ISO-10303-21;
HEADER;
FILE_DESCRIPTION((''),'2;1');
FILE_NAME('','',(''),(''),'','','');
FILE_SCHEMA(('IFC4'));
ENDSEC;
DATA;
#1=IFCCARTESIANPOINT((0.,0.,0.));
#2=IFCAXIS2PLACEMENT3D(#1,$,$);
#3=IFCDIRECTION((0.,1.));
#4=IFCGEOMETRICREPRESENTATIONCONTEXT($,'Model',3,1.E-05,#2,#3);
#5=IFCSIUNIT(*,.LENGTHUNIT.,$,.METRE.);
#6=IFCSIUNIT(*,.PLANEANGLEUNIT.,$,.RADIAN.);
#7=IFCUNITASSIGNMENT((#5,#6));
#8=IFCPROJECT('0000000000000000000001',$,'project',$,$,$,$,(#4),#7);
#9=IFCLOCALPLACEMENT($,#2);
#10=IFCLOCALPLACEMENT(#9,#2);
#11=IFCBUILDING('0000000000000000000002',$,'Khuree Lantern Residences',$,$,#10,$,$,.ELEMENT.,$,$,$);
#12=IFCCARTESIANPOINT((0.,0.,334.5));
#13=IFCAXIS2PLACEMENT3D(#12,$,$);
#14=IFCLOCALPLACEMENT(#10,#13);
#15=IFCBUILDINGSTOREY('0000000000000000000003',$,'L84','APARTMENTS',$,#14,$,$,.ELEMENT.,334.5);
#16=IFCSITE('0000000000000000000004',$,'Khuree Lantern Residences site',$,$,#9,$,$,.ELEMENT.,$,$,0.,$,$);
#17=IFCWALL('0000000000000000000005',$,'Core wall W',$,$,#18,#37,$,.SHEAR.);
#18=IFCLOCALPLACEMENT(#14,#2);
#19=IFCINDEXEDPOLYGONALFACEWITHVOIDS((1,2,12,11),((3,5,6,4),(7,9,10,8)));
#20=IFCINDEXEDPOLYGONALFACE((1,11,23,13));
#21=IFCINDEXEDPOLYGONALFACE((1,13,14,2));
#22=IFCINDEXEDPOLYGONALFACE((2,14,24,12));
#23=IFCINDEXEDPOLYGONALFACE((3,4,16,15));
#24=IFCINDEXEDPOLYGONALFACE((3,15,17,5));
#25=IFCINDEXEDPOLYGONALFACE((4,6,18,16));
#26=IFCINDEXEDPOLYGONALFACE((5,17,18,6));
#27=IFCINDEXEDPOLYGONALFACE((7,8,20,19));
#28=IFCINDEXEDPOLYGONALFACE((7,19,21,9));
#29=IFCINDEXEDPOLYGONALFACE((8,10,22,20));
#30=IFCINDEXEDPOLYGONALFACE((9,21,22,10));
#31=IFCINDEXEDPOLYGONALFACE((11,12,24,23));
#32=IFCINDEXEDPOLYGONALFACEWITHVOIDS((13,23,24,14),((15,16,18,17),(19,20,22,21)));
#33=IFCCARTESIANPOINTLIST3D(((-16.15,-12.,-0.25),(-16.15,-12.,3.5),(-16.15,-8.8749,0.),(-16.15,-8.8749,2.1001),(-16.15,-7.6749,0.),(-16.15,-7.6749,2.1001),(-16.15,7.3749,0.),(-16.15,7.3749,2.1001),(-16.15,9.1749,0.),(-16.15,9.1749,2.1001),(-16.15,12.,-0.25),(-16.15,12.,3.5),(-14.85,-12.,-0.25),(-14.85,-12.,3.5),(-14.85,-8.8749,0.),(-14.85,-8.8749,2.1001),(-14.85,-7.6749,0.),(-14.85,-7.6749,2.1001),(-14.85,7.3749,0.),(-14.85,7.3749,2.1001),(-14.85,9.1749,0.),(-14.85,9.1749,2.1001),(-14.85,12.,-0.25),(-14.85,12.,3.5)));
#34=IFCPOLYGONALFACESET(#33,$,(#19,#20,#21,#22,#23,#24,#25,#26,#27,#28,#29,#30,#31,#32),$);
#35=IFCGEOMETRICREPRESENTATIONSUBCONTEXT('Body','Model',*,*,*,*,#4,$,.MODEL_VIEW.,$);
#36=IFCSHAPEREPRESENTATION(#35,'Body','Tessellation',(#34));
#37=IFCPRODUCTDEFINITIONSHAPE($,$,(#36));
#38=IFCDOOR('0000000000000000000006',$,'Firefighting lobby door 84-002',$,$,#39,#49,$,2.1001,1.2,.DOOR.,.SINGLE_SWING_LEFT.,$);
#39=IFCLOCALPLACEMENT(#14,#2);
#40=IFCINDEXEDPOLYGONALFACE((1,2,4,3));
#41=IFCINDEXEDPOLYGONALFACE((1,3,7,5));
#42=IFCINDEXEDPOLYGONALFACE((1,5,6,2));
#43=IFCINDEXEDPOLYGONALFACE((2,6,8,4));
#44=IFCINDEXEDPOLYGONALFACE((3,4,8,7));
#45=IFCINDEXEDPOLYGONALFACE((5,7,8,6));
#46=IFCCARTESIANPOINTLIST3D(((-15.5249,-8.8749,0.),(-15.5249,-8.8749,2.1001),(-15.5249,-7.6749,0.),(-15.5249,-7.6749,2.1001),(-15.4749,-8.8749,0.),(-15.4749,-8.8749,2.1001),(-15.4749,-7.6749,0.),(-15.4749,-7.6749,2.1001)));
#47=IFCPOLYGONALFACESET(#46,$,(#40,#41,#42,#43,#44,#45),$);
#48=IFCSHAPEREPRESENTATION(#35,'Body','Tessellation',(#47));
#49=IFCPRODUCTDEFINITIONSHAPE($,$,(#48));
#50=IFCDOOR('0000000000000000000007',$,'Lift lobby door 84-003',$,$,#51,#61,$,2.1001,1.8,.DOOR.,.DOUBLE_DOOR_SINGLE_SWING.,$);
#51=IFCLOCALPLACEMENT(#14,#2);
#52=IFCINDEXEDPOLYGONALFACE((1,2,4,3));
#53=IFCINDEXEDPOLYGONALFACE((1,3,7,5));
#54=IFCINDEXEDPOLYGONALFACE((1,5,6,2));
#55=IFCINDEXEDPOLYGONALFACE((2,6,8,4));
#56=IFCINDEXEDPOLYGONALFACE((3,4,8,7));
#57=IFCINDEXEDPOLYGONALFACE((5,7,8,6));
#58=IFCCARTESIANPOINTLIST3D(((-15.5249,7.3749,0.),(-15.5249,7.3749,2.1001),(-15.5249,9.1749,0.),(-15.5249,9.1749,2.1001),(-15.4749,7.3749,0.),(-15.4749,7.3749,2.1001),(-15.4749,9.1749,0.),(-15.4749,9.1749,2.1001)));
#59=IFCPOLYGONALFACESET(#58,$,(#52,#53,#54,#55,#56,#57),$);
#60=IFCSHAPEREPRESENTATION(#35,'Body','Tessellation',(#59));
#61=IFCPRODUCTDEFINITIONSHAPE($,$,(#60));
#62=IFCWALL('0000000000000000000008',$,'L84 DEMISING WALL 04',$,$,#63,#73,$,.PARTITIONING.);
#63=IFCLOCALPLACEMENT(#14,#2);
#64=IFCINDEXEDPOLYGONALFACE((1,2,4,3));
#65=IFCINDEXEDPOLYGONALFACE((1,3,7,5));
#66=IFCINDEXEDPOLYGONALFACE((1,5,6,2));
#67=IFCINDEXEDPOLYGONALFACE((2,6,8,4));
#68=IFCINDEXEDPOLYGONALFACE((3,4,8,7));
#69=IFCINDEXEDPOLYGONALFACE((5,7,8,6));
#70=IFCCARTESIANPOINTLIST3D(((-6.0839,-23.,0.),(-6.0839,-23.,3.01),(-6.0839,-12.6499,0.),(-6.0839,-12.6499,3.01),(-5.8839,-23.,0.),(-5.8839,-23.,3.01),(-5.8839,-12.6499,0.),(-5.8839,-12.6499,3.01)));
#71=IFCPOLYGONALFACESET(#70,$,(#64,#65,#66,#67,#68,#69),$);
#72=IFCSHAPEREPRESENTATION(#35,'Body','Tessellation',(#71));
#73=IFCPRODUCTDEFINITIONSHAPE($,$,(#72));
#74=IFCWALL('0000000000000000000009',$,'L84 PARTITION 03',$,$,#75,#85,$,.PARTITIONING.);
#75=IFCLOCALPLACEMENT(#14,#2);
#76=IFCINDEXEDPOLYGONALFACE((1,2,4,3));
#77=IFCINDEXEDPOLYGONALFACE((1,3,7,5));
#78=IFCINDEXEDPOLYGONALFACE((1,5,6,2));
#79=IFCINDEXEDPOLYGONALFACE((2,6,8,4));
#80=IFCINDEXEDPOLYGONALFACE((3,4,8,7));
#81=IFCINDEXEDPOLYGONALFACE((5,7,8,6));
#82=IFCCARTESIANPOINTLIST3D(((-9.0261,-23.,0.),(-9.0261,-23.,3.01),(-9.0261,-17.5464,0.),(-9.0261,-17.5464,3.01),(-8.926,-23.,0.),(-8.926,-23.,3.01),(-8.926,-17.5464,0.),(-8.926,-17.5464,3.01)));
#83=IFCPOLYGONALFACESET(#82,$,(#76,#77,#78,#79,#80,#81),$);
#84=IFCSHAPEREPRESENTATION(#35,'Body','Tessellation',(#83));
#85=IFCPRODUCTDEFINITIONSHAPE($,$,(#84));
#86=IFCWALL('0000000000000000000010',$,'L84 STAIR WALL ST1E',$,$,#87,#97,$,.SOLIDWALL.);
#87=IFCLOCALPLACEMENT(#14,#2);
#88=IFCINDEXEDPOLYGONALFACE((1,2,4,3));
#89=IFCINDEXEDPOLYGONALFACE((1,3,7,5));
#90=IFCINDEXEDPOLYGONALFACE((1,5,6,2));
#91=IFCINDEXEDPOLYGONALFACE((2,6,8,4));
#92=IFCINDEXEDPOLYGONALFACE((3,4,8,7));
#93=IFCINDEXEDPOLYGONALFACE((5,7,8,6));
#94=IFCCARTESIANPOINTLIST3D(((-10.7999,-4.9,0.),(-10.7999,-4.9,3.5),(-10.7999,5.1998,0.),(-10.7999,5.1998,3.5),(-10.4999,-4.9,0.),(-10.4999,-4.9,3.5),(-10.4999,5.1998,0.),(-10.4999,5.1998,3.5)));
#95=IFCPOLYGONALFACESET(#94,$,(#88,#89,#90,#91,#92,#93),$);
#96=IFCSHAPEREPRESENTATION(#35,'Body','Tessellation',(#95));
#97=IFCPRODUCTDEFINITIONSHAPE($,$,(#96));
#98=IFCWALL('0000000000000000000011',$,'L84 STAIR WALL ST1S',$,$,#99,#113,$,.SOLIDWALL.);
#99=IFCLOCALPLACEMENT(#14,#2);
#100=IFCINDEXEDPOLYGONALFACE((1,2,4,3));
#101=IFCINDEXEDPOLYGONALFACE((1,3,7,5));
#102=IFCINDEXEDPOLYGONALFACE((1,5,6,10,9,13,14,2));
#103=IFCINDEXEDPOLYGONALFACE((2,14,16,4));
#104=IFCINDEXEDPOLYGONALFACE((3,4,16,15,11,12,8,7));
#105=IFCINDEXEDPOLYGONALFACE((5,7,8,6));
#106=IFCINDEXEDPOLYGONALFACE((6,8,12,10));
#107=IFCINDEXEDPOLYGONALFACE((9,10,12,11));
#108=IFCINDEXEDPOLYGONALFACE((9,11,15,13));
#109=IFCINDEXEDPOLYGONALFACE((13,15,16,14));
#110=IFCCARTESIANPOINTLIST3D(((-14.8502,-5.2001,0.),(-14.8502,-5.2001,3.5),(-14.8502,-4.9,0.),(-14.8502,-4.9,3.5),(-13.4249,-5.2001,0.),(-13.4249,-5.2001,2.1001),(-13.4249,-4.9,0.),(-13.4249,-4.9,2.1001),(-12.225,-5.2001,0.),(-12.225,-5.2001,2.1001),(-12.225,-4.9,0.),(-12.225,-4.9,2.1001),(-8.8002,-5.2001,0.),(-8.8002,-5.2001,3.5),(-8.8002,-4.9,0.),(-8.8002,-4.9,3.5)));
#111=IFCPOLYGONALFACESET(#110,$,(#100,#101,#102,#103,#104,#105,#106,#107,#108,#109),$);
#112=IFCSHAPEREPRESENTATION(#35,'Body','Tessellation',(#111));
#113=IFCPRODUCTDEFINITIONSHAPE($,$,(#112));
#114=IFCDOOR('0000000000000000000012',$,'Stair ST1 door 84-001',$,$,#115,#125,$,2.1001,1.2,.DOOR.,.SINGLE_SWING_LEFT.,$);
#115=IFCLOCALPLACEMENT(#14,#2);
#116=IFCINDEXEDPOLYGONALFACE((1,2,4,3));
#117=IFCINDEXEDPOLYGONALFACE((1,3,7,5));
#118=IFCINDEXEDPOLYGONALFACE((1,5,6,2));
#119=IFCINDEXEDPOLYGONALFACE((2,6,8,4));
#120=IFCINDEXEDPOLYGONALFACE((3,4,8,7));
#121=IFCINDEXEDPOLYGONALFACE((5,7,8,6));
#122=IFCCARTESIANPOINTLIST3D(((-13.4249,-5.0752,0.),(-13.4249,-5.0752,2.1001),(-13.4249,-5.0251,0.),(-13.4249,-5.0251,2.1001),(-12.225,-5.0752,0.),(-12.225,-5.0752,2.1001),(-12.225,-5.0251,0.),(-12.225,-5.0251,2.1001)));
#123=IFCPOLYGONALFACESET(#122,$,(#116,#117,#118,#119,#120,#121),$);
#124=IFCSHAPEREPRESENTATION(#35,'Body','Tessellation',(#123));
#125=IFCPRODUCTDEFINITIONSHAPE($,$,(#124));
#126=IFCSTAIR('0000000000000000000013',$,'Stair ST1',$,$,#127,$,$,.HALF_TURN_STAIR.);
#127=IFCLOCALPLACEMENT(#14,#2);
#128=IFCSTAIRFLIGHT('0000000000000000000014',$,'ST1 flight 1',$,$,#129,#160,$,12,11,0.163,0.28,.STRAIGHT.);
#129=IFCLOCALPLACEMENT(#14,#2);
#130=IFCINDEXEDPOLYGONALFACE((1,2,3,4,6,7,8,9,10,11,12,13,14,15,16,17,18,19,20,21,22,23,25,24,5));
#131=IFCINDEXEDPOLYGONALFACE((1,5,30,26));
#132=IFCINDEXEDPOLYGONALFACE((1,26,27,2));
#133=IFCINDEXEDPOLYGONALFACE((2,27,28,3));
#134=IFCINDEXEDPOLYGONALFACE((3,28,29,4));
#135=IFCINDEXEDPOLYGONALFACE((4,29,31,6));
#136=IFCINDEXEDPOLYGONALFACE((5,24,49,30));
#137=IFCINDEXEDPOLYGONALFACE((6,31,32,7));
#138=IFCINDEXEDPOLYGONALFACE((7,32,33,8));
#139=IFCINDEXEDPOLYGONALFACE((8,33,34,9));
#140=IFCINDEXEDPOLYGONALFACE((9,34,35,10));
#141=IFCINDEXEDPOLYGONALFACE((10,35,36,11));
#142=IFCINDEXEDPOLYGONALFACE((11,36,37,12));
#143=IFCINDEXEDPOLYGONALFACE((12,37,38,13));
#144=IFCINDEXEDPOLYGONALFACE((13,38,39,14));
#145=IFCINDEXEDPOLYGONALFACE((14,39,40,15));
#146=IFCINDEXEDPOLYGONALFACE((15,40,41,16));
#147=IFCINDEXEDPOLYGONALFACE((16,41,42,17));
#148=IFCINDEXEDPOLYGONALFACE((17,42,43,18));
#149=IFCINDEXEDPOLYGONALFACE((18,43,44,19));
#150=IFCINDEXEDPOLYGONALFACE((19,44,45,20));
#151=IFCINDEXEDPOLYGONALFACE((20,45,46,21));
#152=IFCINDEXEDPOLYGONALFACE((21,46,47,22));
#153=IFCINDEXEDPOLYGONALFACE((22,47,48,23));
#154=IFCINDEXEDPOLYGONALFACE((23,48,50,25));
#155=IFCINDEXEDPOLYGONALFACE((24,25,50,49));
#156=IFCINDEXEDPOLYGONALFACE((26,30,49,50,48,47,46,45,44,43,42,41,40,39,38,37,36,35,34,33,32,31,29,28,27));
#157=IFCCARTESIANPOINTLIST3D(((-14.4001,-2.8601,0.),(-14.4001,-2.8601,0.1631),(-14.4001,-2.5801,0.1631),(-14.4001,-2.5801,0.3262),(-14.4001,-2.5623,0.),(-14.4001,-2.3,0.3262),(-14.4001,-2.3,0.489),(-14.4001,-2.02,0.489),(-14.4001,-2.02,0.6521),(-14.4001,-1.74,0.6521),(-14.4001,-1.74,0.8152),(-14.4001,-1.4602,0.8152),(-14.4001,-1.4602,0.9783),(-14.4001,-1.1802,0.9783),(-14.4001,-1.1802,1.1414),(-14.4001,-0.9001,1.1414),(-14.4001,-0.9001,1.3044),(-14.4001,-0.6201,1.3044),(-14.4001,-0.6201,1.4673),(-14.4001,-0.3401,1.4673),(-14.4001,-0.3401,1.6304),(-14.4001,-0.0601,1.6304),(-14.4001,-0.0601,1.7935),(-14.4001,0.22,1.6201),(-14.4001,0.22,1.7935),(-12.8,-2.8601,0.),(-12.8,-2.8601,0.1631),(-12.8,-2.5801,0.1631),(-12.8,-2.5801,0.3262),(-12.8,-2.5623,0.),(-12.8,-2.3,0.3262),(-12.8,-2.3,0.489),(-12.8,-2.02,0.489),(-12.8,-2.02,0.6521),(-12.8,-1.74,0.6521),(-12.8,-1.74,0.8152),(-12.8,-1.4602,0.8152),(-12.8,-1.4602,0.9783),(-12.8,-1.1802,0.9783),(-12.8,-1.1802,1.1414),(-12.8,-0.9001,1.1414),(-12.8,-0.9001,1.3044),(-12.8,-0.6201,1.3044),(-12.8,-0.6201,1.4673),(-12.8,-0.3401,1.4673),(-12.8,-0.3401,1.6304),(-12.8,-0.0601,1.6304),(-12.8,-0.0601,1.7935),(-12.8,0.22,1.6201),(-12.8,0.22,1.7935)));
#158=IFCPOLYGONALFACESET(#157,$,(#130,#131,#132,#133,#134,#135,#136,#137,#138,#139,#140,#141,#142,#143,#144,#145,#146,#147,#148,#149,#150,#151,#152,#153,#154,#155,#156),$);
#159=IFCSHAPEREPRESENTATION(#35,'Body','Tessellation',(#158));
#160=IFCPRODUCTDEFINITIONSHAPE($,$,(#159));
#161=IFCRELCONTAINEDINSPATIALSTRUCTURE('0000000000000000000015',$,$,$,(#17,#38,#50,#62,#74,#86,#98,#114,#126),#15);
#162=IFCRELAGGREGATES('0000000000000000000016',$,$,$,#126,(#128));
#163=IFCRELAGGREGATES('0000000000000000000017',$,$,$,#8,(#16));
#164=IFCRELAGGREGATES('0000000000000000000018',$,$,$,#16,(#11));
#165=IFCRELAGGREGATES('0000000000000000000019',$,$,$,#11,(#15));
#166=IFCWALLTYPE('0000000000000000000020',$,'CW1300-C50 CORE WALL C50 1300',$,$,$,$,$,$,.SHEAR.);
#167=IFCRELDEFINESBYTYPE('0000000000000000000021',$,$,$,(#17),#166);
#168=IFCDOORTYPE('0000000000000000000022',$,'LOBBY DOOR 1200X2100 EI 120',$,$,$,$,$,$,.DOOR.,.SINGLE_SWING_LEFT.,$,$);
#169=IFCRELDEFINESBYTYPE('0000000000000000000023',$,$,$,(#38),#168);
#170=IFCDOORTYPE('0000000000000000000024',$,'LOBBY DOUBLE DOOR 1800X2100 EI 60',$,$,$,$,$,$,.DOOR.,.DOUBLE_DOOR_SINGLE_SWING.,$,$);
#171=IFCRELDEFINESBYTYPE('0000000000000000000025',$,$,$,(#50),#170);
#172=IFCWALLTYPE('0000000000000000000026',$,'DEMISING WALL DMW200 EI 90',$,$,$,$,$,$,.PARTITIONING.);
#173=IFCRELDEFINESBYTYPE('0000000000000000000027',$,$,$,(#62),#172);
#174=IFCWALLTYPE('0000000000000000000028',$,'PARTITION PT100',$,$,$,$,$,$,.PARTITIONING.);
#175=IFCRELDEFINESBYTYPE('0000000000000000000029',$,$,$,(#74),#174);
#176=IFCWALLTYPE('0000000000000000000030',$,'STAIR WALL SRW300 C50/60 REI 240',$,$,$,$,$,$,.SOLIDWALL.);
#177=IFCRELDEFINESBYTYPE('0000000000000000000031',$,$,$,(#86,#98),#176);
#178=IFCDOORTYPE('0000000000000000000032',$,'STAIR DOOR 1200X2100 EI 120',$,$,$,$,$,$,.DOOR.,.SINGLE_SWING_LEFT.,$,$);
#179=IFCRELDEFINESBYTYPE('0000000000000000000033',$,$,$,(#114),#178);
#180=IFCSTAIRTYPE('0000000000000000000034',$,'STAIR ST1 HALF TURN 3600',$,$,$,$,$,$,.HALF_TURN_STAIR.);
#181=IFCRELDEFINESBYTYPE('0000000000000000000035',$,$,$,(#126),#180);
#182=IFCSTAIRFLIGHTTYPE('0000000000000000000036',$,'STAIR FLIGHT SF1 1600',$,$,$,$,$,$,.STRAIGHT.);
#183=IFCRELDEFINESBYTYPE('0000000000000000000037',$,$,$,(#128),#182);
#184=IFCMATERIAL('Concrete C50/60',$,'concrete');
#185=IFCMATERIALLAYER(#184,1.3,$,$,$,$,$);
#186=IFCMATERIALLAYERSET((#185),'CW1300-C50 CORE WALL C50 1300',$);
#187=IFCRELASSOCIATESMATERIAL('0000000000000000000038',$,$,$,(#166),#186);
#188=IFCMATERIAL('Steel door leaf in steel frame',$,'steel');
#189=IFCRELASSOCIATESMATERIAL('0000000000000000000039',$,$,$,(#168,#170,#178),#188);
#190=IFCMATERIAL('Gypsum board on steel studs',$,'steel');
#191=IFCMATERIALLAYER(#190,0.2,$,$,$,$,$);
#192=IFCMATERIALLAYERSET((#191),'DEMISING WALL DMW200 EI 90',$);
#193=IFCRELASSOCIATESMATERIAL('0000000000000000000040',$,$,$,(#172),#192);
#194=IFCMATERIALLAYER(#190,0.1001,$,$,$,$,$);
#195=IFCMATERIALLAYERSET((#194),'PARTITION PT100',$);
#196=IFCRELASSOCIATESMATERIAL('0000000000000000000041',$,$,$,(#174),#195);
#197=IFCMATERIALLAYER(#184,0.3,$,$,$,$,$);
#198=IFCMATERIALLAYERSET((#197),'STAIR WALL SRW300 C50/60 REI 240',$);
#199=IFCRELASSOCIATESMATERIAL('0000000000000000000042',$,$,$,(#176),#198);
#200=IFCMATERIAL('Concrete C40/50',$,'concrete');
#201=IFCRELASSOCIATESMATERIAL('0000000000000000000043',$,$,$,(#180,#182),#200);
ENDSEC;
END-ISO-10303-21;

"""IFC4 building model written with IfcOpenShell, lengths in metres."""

from ifc_helpers import new_model, si_unit, direction, frame, frame_2d, origin, place, context, subcontext, project, spatial, polyline, rectangle, outline, extrude, material, layer, layer_set, type_object, element, fill, aggregate, save


model = new_model("IFC4")

# Units and contexts
model_context = context("Model", 3, precision=1e-05, world=origin(), true_north=direction((0.0, 1.0)))
body_context = subcontext(model_context, "Body", "Model", "MODEL_VIEW")
ifc_project = project(units=[si_unit("LENGTHUNIT", "METRE"), si_unit("PLANEANGLEUNIT", "RADIAN")], contexts=[model_context])

# Site, building, storey
site_placement = place(None, origin())
site = spatial("IfcSite", under=ifc_project, at=site_placement, Name="Khuree Lantern Residences site", CompositionType="ELEMENT", RefElevation=0.0)
building_placement = place(site_placement, origin())
building = spatial("IfcBuilding", under=site, at=building_placement, Name="Khuree Lantern Residences", CompositionType="ELEMENT")
storey_placement = place(building_placement, frame((0.0, 0.0, 334.5)))
storey = spatial("IfcBuildingStorey", under=building, at=storey_placement, Name="L84", Description="APARTMENTS", CompositionType="ELEMENT", Elevation=334.5)

# Shared definitions
ifc_material_1 = material(Name="Steel door leaf in steel frame", Category="steel")

# Shared definitions
ifc_material_2 = material(Name="Concrete C50/60", Category="concrete")
ifc_layer_1 = layer(ifc_material_2, 1.3)
ifc_layer_set_1 = layer_set([ifc_layer_1], Name="CW1300-C50 CORE WALL C50 1300")
wall_type_1 = type_object("IfcWallType", Name="CW1300-C50 CORE WALL C50 1300", PredefinedType="SHEAR", material=ifc_layer_set_1)

# Wall, openings, doors
wall_1_placement = place(storey_placement, frame((-15.5, -12.0, -0.25), z_axis=(0.0, 0.0, 1.0), x_axis=(0.0, 1.0, 0.0)))
wall_1 = element("IfcWall", 1, at=wall_1_placement, inside=storey, type_object=wall_type_1, Name="Core wall W", PredefinedType="SHEAR", context=body_context, shape_type="SweptSolid", body=[
    extrude(rectangle(XDim=24.0, YDim=1.3, at=frame_2d((12.0, 0.0))), origin(), (0.0, 0.0, 1.0), 3.75),
])
opening_1_placement = place(wall_1_placement, frame((3.125, 0.0, 0.25)))
opening_1 = element("IfcOpeningElement", 2, at=opening_1_placement, cuts=wall_1, PredefinedType="OPENING", context=body_context, shape_type="SweptSolid", body=[
    extrude(rectangle(XDim=1.2, YDim=2.1001, at=frame_2d((0.6001, 1.05))), frame((0.0, 0.6602, 0.0), z_axis=(0.0, -1.0, 0.0), x_axis=(1.0, 0.0, 0.0)), (0.0, 0.0, 1.0), 1.3201),
])
opening_2_placement = place(wall_1_placement, frame((19.375, 0.0, 0.25)))
opening_2 = element("IfcOpeningElement", 3, at=opening_2_placement, cuts=wall_1, PredefinedType="OPENING", context=body_context, shape_type="SweptSolid", body=[
    extrude(rectangle(XDim=1.8, YDim=2.1001, at=frame_2d((0.8999, 1.05))), frame((0.0, 0.6602, 0.0), z_axis=(0.0, -1.0, 0.0), x_axis=(1.0, 0.0, 0.0)), (0.0, 0.0, 1.0), 1.3201),
])
door_type_1 = type_object("IfcDoorType", Name="LOBBY DOOR 1200X2100 EI 120", OperationType="SINGLE_SWING_LEFT", PredefinedType="DOOR", material=ifc_material_1)
door_1_placement = place(opening_1_placement, origin())
door_1 = element("IfcDoor", 4, at=door_1_placement, inside=storey, type_object=door_type_1, Name="Firefighting lobby door 84-002", OperationType="SINGLE_SWING_LEFT", OverallHeight=2.1001, OverallWidth=1.2, PredefinedType="DOOR", context=body_context, shape_type="SweptSolid", body=[
    extrude(rectangle(XDim=1.2, YDim=2.1001, at=frame_2d((0.6001, 1.05))), frame((0.0, 0.0249, 0.0), z_axis=(0.0, -1.0, 0.0), x_axis=(1.0, 0.0, 0.0)), (0.0, 0.0, 1.0), 0.05),
])
fill(opening_1, door_1)
door_type_2 = type_object("IfcDoorType", Name="LOBBY DOUBLE DOOR 1800X2100 EI 60", OperationType="DOUBLE_DOOR_SINGLE_SWING", PredefinedType="DOOR", material=ifc_material_1)
door_2_placement = place(opening_2_placement, origin())
door_2 = element("IfcDoor", 5, at=door_2_placement, inside=storey, type_object=door_type_2, Name="Lift lobby door 84-003", OperationType="DOUBLE_DOOR_SINGLE_SWING", OverallHeight=2.1001, OverallWidth=1.8, PredefinedType="DOOR", context=body_context, shape_type="SweptSolid", body=[
    extrude(rectangle(XDim=1.8, YDim=2.1001, at=frame_2d((0.8999, 1.05))), frame((0.0, 0.0249, 0.0), z_axis=(0.0, -1.0, 0.0), x_axis=(1.0, 0.0, 0.0)), (0.0, 0.0, 1.0), 0.05),
])
fill(opening_2, door_2)

# Walls
ifc_material_3 = material(Name="Gypsum board on steel studs", Category="steel")
ifc_layer_2 = layer(ifc_material_3, 0.2)
ifc_layer_set_2 = layer_set([ifc_layer_2], Name="DEMISING WALL DMW200 EI 90")
wall_type_2 = type_object("IfcWallType", Name="DEMISING WALL DMW200 EI 90", PredefinedType="PARTITIONING", material=ifc_layer_set_2)
wall_2_placement = place(storey_placement, frame((-5.9839, -12.6499, 0.0), z_axis=(0.0, 0.0, 1.0), x_axis=(0.0, -1.0, 0.0)))
element("IfcWall", 6, at=wall_2_placement, inside=storey, type_object=wall_type_2, Name="L84 DEMISING WALL 04", PredefinedType="PARTITIONING", context=body_context, shape_type="SweptSolid", body=[
    extrude(rectangle(XDim=10.3501, YDim=0.2, at=frame_2d((5.175, 0.0))), origin(), (0.0, 0.0, 1.0), 3.01),
])
ifc_layer_3 = layer(ifc_material_3, 0.1001)
ifc_layer_set_3 = layer_set([ifc_layer_3], Name="PARTITION PT100")
wall_type_3 = type_object("IfcWallType", Name="PARTITION PT100", PredefinedType="PARTITIONING", material=ifc_layer_set_3)
wall_3_placement = place(storey_placement, frame((-8.9761, -17.5464, 0.0), z_axis=(0.0, 0.0, 1.0), x_axis=(0.0, -1.0, 0.0)))
element("IfcWall", 7, at=wall_3_placement, inside=storey, type_object=wall_type_3, Name="L84 PARTITION 03", PredefinedType="PARTITIONING", context=body_context, shape_type="SweptSolid", body=[
    extrude(rectangle(XDim=5.4536, YDim=0.1001, at=frame_2d((2.7268, 0.0))), origin(), (0.0, 0.0, 1.0), 3.01),
])
ifc_layer_4 = layer(ifc_material_2, 0.3)
ifc_layer_set_4 = layer_set([ifc_layer_4], Name="STAIR WALL SRW300 C50/60 REI 240")
wall_type_4 = type_object("IfcWallType", Name="STAIR WALL SRW300 C50/60 REI 240", PredefinedType="SOLIDWALL", material=ifc_layer_set_4)
wall_4_placement = place(storey_placement, frame((-10.6499, -4.8999, 0.0), z_axis=(0.0, 0.0, 1.0), x_axis=(0.0, 1.0, 0.0)))
element("IfcWall", 8, at=wall_4_placement, inside=storey, type_object=wall_type_4, Name="L84 STAIR WALL ST1E", PredefinedType="SOLIDWALL", context=body_context, shape_type="SweptSolid", body=[
    extrude(rectangle(XDim=10.0999, YDim=0.3, at=frame_2d((5.0498, 0.0))), origin(), (0.0, 0.0, 1.0), 3.5),
])

# Wall, opening, door
wall_5_placement = place(storey_placement, frame((-14.8501, -5.05, 0.0), z_axis=(0.0, 0.0, 1.0), x_axis=(1.0, 0.0, 0.0)))
wall_5 = element("IfcWall", 9, at=wall_5_placement, inside=storey, type_object=wall_type_4, Name="L84 STAIR WALL ST1S", PredefinedType="SOLIDWALL", context=body_context, shape_type="SweptSolid", body=[
    extrude(rectangle(XDim=6.05, YDim=0.3, at=frame_2d((3.0249, 0.0))), origin(), (0.0, 0.0, 1.0), 3.5),
])
opening_3_placement = place(wall_5_placement, frame((1.425, 0.0, 0.0)))
opening_3 = element("IfcOpeningElement", 10, at=opening_3_placement, cuts=wall_5, PredefinedType="OPENING", context=body_context, shape_type="SweptSolid", body=[
    extrude(rectangle(XDim=1.2, YDim=2.1001, at=frame_2d((0.6001, 1.05))), frame((0.0, 0.1602, 0.0), z_axis=(0.0, -1.0, 0.0), x_axis=(1.0, 0.0, 0.0)), (0.0, 0.0, 1.0), 0.3201),
])
door_type_3 = type_object("IfcDoorType", Name="STAIR DOOR 1200X2100 EI 120", OperationType="SINGLE_SWING_LEFT", PredefinedType="DOOR", material=ifc_material_1)
door_3_placement = place(opening_3_placement, origin())
door_3 = element("IfcDoor", 11, at=door_3_placement, inside=storey, type_object=door_type_3, Name="Stair ST1 door 84-001", OperationType="SINGLE_SWING_LEFT", OverallHeight=2.1001, OverallWidth=1.2, PredefinedType="DOOR", context=body_context, shape_type="SweptSolid", body=[
    extrude(rectangle(XDim=1.2, YDim=2.1001, at=frame_2d((0.6001, 1.05))), frame((0.0, 0.0249, 0.0), z_axis=(0.0, -1.0, 0.0), x_axis=(1.0, 0.0, 0.0)), (0.0, 0.0, 1.0), 0.05),
])
fill(opening_3, door_3)

# Stair, stair flight
ifc_material_4 = material(Name="Concrete C40/50", Category="concrete")
stair_type = type_object("IfcStairType", Name="STAIR ST1 HALF TURN 3600", PredefinedType="HALF_TURN_STAIR", material=ifc_material_4)
stair_placement = place(storey_placement, origin())
stair = element("IfcStair", 12, at=stair_placement, inside=storey, type_object=stair_type, Name="Stair ST1", PredefinedType="HALF_TURN_STAIR")
stair_flight_type = type_object("IfcStairFlightType", Name="STAIR FLIGHT SF1 1600", PredefinedType="STRAIGHT", material=ifc_material_4)
stair_flight_placement = place(storey_placement, frame((-13.6001, -2.8601, 0.0), z_axis=(0.0, 0.0, 1.0), x_axis=(0.0, 1.0, 0.0)))
stair_flight = element("IfcStairFlight", 13, at=stair_flight_placement, type_object=stair_flight_type, Name="ST1 flight 1", NumberOfRisers=12, NumberOfTreads=11, PredefinedType="STRAIGHT", RiserHeight=0.163, TreadLength=0.28, context=body_context, shape_type="SweptSolid", body=[
    extrude(outline(polyline([(0.0, 0.0), (0.0, 0.1631), (0.28, 0.1631), (0.28, 0.3262), (0.5601, 0.3262), (0.5601, 0.489), (0.8401, 0.489), (0.8401, 0.6521), (1.1201, 0.6521), (1.1201, 0.8152), (1.3999, 0.8152), (1.3999, 0.9783), (1.6799, 0.9783), (1.6799, 1.1414), (1.96, 1.1414), (1.96, 1.3044), (2.24, 1.3044), (2.24, 1.4673), (2.52, 1.4673), (2.52, 1.6304), (2.8, 1.6304), (2.8, 1.7935), (3.0801, 1.7935), (3.0801, 1.9565), (3.0801, 1.6201), (0.2979, 0.0), (0.0, 0.0)])), frame((0.0, 0.8, 0.0), z_axis=(0.0, -1.0, 0.0), x_axis=(1.0, 0.0, 0.0)), (0.0, 0.0, 1.0), 1.6001),
])
aggregate(stair, [stair_flight])

save(model, "model.ifc")
